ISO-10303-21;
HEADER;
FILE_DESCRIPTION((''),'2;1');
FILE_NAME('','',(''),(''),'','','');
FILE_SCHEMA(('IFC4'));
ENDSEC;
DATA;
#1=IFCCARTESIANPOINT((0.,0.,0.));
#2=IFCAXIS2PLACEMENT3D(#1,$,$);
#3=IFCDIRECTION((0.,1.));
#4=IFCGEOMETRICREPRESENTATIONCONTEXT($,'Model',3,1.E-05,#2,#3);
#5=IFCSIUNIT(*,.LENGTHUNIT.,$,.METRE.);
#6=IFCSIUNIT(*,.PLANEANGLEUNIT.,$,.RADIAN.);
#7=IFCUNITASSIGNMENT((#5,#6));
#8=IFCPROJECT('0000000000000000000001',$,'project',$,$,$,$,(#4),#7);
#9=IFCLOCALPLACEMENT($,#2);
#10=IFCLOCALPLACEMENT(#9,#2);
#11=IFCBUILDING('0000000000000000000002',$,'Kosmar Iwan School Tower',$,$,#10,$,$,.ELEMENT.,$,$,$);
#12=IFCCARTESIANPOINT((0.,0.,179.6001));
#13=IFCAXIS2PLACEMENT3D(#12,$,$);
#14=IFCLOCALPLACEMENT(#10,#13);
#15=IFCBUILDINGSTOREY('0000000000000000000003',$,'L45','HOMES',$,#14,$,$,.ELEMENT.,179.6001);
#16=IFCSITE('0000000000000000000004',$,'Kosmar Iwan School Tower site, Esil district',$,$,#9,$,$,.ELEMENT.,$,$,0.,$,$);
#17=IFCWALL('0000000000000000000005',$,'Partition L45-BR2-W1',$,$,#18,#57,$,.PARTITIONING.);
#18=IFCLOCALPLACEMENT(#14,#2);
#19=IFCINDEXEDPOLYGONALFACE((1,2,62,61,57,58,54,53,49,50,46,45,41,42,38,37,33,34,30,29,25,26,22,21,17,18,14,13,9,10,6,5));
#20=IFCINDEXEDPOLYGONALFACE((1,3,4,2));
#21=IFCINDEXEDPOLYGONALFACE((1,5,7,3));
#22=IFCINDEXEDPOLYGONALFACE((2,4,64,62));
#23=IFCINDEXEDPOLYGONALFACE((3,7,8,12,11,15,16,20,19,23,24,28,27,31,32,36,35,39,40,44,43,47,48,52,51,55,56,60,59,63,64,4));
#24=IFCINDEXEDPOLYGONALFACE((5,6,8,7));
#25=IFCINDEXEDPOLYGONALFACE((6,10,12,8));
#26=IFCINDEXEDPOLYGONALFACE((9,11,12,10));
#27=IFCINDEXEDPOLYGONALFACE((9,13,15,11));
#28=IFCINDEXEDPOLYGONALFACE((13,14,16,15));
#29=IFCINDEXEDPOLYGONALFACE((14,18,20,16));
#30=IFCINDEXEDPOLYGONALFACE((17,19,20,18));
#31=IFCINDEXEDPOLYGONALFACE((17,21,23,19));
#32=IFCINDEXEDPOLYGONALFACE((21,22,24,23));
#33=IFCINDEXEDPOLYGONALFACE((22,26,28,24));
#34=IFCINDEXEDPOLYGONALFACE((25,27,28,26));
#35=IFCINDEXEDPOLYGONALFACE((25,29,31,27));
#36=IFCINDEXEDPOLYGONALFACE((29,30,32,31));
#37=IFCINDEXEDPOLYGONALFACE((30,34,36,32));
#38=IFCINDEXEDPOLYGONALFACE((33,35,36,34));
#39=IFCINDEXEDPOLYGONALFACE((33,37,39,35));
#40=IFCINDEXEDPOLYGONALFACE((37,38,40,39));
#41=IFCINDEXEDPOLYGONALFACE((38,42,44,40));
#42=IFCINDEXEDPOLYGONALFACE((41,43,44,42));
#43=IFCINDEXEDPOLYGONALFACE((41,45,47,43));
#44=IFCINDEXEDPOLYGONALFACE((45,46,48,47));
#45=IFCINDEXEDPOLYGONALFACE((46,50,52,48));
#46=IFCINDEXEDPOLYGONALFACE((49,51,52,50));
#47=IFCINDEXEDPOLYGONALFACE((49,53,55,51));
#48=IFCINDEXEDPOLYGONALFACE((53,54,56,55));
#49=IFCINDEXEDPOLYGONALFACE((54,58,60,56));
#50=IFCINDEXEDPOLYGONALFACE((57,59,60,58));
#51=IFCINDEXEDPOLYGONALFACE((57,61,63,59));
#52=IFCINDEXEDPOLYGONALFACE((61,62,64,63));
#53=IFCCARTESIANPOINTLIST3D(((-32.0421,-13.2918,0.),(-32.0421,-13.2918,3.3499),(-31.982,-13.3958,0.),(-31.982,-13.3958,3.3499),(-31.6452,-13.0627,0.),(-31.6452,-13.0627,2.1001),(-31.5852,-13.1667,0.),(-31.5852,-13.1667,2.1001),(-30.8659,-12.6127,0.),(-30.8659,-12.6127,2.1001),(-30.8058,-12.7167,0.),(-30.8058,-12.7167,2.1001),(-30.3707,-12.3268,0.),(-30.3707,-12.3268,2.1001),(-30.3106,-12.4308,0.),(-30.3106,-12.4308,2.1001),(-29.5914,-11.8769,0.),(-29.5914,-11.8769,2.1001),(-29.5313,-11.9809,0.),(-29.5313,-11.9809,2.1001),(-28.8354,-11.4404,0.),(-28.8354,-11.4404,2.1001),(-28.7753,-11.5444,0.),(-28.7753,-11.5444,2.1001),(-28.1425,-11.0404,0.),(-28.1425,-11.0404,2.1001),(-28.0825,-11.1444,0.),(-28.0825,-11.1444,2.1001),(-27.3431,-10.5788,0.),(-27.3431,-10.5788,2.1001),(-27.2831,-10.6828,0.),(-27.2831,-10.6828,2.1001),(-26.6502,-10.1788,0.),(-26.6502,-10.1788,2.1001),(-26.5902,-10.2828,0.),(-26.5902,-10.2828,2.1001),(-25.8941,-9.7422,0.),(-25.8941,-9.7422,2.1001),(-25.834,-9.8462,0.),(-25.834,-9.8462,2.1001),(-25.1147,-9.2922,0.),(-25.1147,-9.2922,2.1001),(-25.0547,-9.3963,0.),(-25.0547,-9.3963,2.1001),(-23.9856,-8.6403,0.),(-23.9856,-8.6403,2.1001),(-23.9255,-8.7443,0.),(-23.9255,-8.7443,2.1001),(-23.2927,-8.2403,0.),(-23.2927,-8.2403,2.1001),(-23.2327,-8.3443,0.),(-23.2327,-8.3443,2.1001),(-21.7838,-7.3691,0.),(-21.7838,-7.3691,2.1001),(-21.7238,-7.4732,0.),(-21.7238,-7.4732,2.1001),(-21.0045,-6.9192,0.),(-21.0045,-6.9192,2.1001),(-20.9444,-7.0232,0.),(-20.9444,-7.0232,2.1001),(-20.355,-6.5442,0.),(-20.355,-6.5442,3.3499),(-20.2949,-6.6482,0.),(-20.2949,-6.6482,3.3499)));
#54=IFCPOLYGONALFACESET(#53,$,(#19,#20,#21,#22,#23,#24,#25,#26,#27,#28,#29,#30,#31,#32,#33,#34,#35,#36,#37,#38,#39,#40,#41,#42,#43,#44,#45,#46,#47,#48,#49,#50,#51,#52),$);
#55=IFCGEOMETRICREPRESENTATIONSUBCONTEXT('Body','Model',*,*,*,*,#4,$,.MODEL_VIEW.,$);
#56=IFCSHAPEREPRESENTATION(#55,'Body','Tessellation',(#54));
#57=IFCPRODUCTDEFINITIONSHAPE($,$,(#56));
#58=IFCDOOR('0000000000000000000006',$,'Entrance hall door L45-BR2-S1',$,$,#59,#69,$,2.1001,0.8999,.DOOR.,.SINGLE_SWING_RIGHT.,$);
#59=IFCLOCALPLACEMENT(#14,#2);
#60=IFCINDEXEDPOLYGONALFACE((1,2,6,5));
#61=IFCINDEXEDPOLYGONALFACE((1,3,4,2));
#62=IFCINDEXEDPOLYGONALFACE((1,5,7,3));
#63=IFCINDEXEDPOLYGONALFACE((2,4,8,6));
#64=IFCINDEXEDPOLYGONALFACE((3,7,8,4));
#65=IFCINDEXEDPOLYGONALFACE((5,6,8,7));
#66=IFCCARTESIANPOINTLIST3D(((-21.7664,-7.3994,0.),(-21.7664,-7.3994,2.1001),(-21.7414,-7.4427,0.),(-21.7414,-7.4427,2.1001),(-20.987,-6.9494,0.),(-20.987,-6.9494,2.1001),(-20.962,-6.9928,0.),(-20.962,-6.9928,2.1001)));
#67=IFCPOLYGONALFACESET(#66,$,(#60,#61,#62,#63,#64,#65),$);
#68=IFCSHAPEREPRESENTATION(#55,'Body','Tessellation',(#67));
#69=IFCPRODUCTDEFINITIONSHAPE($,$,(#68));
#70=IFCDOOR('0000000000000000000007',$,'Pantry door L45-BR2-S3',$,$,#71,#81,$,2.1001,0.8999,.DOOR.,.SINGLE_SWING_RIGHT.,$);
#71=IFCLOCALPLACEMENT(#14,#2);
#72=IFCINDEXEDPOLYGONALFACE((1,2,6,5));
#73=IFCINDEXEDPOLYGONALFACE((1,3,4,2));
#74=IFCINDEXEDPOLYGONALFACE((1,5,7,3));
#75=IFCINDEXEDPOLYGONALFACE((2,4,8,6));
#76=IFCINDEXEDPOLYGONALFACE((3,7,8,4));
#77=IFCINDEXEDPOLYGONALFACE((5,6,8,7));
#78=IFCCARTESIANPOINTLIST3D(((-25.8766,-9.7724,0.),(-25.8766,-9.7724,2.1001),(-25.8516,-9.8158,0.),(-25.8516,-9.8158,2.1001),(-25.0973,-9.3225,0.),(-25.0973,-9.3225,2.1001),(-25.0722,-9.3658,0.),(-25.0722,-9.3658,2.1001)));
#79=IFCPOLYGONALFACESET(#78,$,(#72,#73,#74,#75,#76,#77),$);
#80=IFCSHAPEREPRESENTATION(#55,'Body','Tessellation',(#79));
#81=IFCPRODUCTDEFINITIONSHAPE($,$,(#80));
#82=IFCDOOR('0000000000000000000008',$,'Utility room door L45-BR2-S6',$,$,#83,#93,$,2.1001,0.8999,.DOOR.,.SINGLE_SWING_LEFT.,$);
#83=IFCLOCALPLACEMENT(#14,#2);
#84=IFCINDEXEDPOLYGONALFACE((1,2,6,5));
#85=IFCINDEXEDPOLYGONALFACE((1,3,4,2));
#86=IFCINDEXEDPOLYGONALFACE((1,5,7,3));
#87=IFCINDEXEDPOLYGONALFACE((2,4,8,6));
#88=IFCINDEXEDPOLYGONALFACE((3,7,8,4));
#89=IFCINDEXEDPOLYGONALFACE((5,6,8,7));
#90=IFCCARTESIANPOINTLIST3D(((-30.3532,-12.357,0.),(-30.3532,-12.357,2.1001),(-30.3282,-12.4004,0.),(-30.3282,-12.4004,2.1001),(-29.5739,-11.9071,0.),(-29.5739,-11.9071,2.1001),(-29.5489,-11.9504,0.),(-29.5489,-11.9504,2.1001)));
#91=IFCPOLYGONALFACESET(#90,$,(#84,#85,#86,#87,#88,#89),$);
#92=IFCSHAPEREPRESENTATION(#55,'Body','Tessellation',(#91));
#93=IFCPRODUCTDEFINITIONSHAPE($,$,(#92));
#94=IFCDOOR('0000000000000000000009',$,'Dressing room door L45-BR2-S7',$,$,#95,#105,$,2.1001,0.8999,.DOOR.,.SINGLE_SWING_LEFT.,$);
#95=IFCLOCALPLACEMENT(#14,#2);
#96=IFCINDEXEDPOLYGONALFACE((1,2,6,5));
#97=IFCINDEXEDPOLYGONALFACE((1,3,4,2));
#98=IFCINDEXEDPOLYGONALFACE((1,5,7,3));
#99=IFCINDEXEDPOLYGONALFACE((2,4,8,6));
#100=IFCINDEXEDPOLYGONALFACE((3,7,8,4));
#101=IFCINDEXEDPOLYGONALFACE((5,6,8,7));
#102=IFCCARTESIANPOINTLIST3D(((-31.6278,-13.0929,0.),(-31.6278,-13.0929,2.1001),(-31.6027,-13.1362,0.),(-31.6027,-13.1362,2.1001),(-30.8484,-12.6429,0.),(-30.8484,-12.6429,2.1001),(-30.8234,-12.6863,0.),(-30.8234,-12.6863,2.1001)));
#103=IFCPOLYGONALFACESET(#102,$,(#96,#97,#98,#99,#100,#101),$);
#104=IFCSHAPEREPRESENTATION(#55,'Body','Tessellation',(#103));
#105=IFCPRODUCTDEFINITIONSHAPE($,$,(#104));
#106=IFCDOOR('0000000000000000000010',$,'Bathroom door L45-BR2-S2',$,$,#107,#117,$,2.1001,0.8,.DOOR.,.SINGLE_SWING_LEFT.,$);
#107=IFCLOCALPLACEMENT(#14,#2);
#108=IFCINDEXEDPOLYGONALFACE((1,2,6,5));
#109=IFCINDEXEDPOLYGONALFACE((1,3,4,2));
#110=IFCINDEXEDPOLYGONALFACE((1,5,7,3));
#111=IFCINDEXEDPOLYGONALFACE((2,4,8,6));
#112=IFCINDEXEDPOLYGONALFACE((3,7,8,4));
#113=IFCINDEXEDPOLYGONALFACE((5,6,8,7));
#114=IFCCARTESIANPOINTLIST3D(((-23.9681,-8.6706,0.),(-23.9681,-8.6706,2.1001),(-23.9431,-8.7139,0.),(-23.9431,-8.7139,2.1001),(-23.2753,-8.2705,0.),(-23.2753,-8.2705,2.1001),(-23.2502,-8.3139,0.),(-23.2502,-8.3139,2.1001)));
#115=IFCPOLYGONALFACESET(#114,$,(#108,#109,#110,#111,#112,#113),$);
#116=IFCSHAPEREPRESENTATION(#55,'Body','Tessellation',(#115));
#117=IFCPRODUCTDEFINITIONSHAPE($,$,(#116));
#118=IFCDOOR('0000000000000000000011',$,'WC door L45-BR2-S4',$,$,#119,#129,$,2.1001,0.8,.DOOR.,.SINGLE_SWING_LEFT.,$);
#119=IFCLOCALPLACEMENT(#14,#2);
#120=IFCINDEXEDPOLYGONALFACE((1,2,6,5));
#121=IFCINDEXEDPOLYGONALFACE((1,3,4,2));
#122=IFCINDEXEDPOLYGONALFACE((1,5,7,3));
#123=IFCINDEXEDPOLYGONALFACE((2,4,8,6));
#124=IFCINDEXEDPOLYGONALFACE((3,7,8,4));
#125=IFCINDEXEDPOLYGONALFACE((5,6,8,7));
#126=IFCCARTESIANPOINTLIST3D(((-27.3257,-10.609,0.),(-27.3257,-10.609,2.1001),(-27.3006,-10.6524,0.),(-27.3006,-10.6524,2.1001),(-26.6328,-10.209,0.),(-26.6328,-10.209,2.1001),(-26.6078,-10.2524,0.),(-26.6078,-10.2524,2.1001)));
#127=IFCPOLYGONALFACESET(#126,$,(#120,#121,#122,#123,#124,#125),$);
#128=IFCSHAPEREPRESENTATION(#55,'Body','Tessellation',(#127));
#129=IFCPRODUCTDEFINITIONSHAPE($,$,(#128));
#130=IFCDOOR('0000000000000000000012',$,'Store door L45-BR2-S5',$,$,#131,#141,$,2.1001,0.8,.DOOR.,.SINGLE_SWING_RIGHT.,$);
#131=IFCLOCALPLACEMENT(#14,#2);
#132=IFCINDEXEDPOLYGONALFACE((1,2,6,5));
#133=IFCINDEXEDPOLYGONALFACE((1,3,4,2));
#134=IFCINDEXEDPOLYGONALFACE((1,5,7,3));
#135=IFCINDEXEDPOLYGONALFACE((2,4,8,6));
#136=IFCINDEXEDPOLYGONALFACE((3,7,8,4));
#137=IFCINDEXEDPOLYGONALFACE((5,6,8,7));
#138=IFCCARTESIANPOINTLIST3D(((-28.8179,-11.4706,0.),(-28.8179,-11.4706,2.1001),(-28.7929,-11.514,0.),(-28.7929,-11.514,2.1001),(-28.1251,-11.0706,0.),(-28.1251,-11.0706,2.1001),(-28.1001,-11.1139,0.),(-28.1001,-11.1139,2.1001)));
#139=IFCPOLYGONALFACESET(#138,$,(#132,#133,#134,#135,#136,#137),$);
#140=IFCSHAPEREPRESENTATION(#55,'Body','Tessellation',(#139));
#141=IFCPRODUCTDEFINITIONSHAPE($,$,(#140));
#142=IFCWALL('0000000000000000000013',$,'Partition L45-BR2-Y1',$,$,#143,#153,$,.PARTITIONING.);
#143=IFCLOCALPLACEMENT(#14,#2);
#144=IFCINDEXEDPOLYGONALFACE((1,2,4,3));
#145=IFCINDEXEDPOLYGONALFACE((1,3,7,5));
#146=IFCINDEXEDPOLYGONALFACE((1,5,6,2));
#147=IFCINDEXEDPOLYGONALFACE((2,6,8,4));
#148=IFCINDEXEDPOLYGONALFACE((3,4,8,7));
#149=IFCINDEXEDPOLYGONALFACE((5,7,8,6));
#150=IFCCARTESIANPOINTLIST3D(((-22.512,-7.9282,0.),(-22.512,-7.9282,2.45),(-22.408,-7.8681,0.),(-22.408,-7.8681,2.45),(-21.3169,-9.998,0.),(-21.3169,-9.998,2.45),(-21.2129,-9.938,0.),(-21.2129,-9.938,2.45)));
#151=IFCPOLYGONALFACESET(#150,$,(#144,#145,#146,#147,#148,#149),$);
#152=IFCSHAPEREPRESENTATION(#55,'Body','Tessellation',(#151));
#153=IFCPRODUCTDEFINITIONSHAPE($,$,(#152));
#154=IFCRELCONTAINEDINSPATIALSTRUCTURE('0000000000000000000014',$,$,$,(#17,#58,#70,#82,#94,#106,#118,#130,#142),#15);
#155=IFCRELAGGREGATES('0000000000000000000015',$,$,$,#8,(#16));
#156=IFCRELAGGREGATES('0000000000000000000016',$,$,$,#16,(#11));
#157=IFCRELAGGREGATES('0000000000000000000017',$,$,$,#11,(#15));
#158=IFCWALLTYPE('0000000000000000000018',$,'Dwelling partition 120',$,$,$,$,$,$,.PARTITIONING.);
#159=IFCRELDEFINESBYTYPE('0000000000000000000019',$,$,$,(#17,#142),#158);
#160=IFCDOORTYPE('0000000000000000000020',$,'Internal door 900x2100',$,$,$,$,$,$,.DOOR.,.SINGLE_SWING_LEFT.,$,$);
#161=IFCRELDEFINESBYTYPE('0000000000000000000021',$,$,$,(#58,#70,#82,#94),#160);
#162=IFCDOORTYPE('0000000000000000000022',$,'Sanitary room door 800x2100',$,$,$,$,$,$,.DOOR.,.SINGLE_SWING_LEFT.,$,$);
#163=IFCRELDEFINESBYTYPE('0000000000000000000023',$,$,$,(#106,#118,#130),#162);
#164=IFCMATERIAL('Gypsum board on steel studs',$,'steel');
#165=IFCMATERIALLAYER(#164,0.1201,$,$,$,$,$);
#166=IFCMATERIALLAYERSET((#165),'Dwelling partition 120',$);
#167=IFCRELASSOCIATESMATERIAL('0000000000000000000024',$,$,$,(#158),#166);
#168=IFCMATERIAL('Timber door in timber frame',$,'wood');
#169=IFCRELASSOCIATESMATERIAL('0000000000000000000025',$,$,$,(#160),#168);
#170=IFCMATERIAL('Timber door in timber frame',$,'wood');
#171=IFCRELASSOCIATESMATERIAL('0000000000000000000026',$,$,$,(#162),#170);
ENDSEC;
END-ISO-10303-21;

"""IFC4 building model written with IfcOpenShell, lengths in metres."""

from ifc_helpers import new_model, si_unit, direction, frame, frame_2d, origin, place, context, subcontext, project, spatial, rectangle, extrude, material, layer, layer_set, type_object, element, fill, save


model = new_model("IFC4")

# Units and contexts
model_context = context("Model", 3, precision=1e-05, world=origin(), true_north=direction((0.0, 1.0)))
body_context = subcontext(model_context, "Body", "Model", "MODEL_VIEW")
ifc_project = project(units=[si_unit("LENGTHUNIT", "METRE"), si_unit("PLANEANGLEUNIT", "RADIAN")], contexts=[model_context])

# Site, building, storey
site_placement = place(None, origin())
site = spatial("IfcSite", under=ifc_project, at=site_placement, Name="Kosmar Iwan School Tower site, Esil district", CompositionType="ELEMENT", RefElevation=0.0)
building_placement = place(site_placement, origin())
building = spatial("IfcBuilding", under=site, at=building_placement, Name="Kosmar Iwan School Tower", CompositionType="ELEMENT")
storey_placement = place(building_placement, frame((0.0, 0.0, 179.6001)))
storey = spatial("IfcBuildingStorey", under=building, at=storey_placement, Name="L45", Description="HOMES", CompositionType="ELEMENT", Elevation=179.6001)

# Shared definitions
ifc_material_1 = material(Name="Gypsum board on steel studs", Category="steel")
ifc_layer_1 = layer(ifc_material_1, 0.1201)
ifc_layer_set_1 = layer_set([ifc_layer_1], Name="Dwelling partition 120")
wall_type_1 = type_object("IfcWallType", Name="Dwelling partition 120", PredefinedType="PARTITIONING", material=ifc_layer_set_1)

# Wall, openings, doors
wall_1_placement = place(storey_placement, frame((-20.325, -6.5962, 0.0), z_axis=(0.0, 0.0, 1.0), x_axis=(-0.866024, -0.500003, 0.0)))
wall_1 = element("IfcWall", 1, at=wall_1_placement, inside=storey, type_object=wall_type_1, Name="Partition L45-BR2-W1", PredefinedType="PARTITIONING", context=body_context, shape_type="SweptSolid", body=[
    extrude(rectangle(XDim=13.4951, YDim=0.1201, at=frame_2d((6.7476, 0.0))), origin(), (0.0, 0.0, 1.0), 3.3499),
])
opening_1_placement = place(wall_1_placement, frame((0.75, 0.0, 0.0)))
opening_1 = element("IfcOpeningElement", 2, at=opening_1_placement, cuts=wall_1, PredefinedType="OPENING", context=body_context, shape_type="SweptSolid", body=[
    extrude(rectangle(XDim=0.8999, YDim=2.1001, at=frame_2d((0.45, 1.05))), frame((0.0, 0.072, 0.0), z_axis=(0.0, -1.0, 0.0), x_axis=(1.0, 0.0, 0.0)), (0.0, 0.0, 1.0), 0.144),
])
opening_2_placement = place(wall_1_placement, frame((3.3923, 0.0, 0.0)))
opening_2 = element("IfcOpeningElement", 3, at=opening_2_placement, cuts=wall_1, PredefinedType="OPENING", context=body_context, shape_type="SweptSolid", body=[
    extrude(rectangle(XDim=0.8, YDim=2.1001, at=frame_2d((0.3999, 1.05))), frame((0.0, 0.072, 0.0), z_axis=(0.0, -1.0, 0.0), x_axis=(1.0, 0.0, 0.0)), (0.0, 0.0, 1.0), 0.144),
])
opening_3_placement = place(wall_1_placement, frame((5.4961, 0.0, 0.0)))
opening_3 = element("IfcOpeningElement", 4, at=opening_3_placement, cuts=wall_1, PredefinedType="OPENING", context=body_context, shape_type="SweptSolid", body=[
    extrude(rectangle(XDim=0.8999, YDim=2.1001, at=frame_2d((0.45, 1.05))), frame((0.0, 0.072, 0.0), z_axis=(0.0, -1.0, 0.0), x_axis=(1.0, 0.0, 0.0)), (0.0, 0.0, 1.0), 0.144),
])
opening_4_placement = place(wall_1_placement, frame((7.2693, 0.0, 0.0)))
opening_4 = element("IfcOpeningElement", 5, at=opening_4_placement, cuts=wall_1, PredefinedType="OPENING", context=body_context, shape_type="SweptSolid", body=[
    extrude(rectangle(XDim=0.8, YDim=2.1001, at=frame_2d((0.3999, 1.05))), frame((0.0, 0.072, 0.0), z_axis=(0.0, -1.0, 0.0), x_axis=(1.0, 0.0, 0.0)), (0.0, 0.0, 1.0), 0.144),
])
opening_5_placement = place(wall_1_placement, frame((8.9924, 0.0, 0.0)))
opening_5 = element("IfcOpeningElement", 6, at=opening_5_placement, cuts=wall_1, PredefinedType="OPENING", context=body_context, shape_type="SweptSolid", body=[
    extrude(rectangle(XDim=0.8, YDim=2.1001, at=frame_2d((0.3999, 1.05))), frame((0.0, 0.072, 0.0), z_axis=(0.0, -1.0, 0.0), x_axis=(1.0, 0.0, 0.0)), (0.0, 0.0, 1.0), 0.144),
])
opening_6_placement = place(wall_1_placement, frame((10.6653, 0.0, 0.0)))
opening_6 = element("IfcOpeningElement", 7, at=opening_6_placement, cuts=wall_1, PredefinedType="OPENING", context=body_context, shape_type="SweptSolid", body=[
    extrude(rectangle(XDim=0.8999, YDim=2.1001, at=frame_2d((0.45, 1.05))), frame((0.0, 0.072, 0.0), z_axis=(0.0, -1.0, 0.0), x_axis=(1.0, 0.0, 0.0)), (0.0, 0.0, 1.0), 0.144),
])
opening_7_placement = place(wall_1_placement, frame((12.137, 0.0, 0.0)))
opening_7 = element("IfcOpeningElement", 8, at=opening_7_placement, cuts=wall_1, PredefinedType="OPENING", context=body_context, shape_type="SweptSolid", body=[
    extrude(rectangle(XDim=0.8999, YDim=2.1001, at=frame_2d((0.45, 1.05))), frame((0.0, 0.072, 0.0), z_axis=(0.0, -1.0, 0.0), x_axis=(1.0, 0.0, 0.0)), (0.0, 0.0, 1.0), 0.144),
])
ifc_material_2 = material(Name="Timber door in timber frame", Category="wood")
door_type_1 = type_object("IfcDoorType", Name="Internal door 900x2100", OperationType="SINGLE_SWING_LEFT", PredefinedType="DOOR", material=ifc_material_2)
door_1_placement = place(opening_1_placement, origin())
door_1 = element("IfcDoor", 9, at=door_1_placement, inside=storey, type_object=door_type_1, Name="Entrance hall door L45-BR2-S1", OperationType="SINGLE_SWING_RIGHT", OverallHeight=2.1001, OverallWidth=0.8999, PredefinedType="DOOR", context=body_context, shape_type="SweptSolid", body=[
    extrude(rectangle(XDim=0.8999, YDim=2.1001, at=frame_2d((0.45, 1.05))), frame((0.0, 0.0249, 0.0), z_axis=(0.0, -1.0, 0.0), x_axis=(1.0, 0.0, 0.0)), (0.0, 0.0, 1.0), 0.05),
])
fill(opening_1, door_1)
door_2_placement = place(opening_3_placement, origin())
door_2 = element("IfcDoor", 10, at=door_2_placement, inside=storey, type_object=door_type_1, Name="Pantry door L45-BR2-S3", OperationType="SINGLE_SWING_RIGHT", OverallHeight=2.1001, OverallWidth=0.8999, PredefinedType="DOOR", context=body_context, shape_type="SweptSolid", body=[
    extrude(rectangle(XDim=0.8999, YDim=2.1001, at=frame_2d((0.45, 1.05))), frame((0.0, 0.0249, 0.0), z_axis=(0.0, -1.0, 0.0), x_axis=(1.0, 0.0, 0.0)), (0.0, 0.0, 1.0), 0.05),
])
fill(opening_3, door_2)
door_3_placement = place(opening_6_placement, origin())
door_3 = element("IfcDoor", 11, at=door_3_placement, inside=storey, type_object=door_type_1, Name="Utility room door L45-BR2-S6", OperationType="SINGLE_SWING_LEFT", OverallHeight=2.1001, OverallWidth=0.8999, PredefinedType="DOOR", context=body_context, shape_type="SweptSolid", body=[
    extrude(rectangle(XDim=0.8999, YDim=2.1001, at=frame_2d((0.45, 1.05))), frame((0.0, 0.0249, 0.0), z_axis=(0.0, -1.0, 0.0), x_axis=(1.0, 0.0, 0.0)), (0.0, 0.0, 1.0), 0.05),
])
fill(opening_6, door_3)
door_4_placement = place(opening_7_placement, origin())
door_4 = element("IfcDoor", 12, at=door_4_placement, inside=storey, type_object=door_type_1, Name="Dressing room door L45-BR2-S7", OperationType="SINGLE_SWING_LEFT", OverallHeight=2.1001, OverallWidth=0.8999, PredefinedType="DOOR", context=body_context, shape_type="SweptSolid", body=[
    extrude(rectangle(XDim=0.8999, YDim=2.1001, at=frame_2d((0.45, 1.05))), frame((0.0, 0.0249, 0.0), z_axis=(0.0, -1.0, 0.0), x_axis=(1.0, 0.0, 0.0)), (0.0, 0.0, 1.0), 0.05),
])
fill(opening_7, door_4)
ifc_material_3 = material(Name="Timber door in timber frame", Category="wood")
door_type_2 = type_object("IfcDoorType", Name="Sanitary room door 800x2100", OperationType="SINGLE_SWING_LEFT", PredefinedType="DOOR", material=ifc_material_3)
door_5_placement = place(opening_2_placement, origin())
door_5 = element("IfcDoor", 13, at=door_5_placement, inside=storey, type_object=door_type_2, Name="Bathroom door L45-BR2-S2", OperationType="SINGLE_SWING_LEFT", OverallHeight=2.1001, OverallWidth=0.8, PredefinedType="DOOR", context=body_context, shape_type="SweptSolid", body=[
    extrude(rectangle(XDim=0.8, YDim=2.1001, at=frame_2d((0.3999, 1.05))), frame((0.0, 0.0249, 0.0), z_axis=(0.0, -1.0, 0.0), x_axis=(1.0, 0.0, 0.0)), (0.0, 0.0, 1.0), 0.05),
])
fill(opening_2, door_5)
door_6_placement = place(opening_4_placement, origin())
door_6 = element("IfcDoor", 14, at=door_6_placement, inside=storey, type_object=door_type_2, Name="WC door L45-BR2-S4", OperationType="SINGLE_SWING_LEFT", OverallHeight=2.1001, OverallWidth=0.8, PredefinedType="DOOR", context=body_context, shape_type="SweptSolid", body=[
    extrude(rectangle(XDim=0.8, YDim=2.1001, at=frame_2d((0.3999, 1.05))), frame((0.0, 0.0249, 0.0), z_axis=(0.0, -1.0, 0.0), x_axis=(1.0, 0.0, 0.0)), (0.0, 0.0, 1.0), 0.05),
])
fill(opening_4, door_6)
door_7_placement = place(opening_5_placement, origin())
door_7 = element("IfcDoor", 15, at=door_7_placement, inside=storey, type_object=door_type_2, Name="Store door L45-BR2-S5", OperationType="SINGLE_SWING_RIGHT", OverallHeight=2.1001, OverallWidth=0.8, PredefinedType="DOOR", context=body_context, shape_type="SweptSolid", body=[
    extrude(rectangle(XDim=0.8, YDim=2.1001, at=frame_2d((0.3999, 1.05))), frame((0.0, 0.0249, 0.0), z_axis=(0.0, -1.0, 0.0), x_axis=(1.0, 0.0, 0.0)), (0.0, 0.0, 1.0), 0.05),
])
fill(opening_5, door_7)

# Wall
wall_2_placement = place(storey_placement, frame((-21.2649, -9.968, 0.0), z_axis=(0.0, 0.0, 1.0), x_axis=(-0.500017, 0.866015, 0.0)))
element("IfcWall", 16, at=wall_2_placement, inside=storey, type_object=wall_type_1, Name="Partition L45-BR2-Y1", PredefinedType="PARTITIONING", context=body_context, shape_type="SweptSolid", body=[
    extrude(rectangle(XDim=2.3901, YDim=0.1201, at=frame_2d((1.1951, 0.0))), origin(), (0.0, 0.0, 1.0), 2.45),
])

save(model, "model.ifc")
